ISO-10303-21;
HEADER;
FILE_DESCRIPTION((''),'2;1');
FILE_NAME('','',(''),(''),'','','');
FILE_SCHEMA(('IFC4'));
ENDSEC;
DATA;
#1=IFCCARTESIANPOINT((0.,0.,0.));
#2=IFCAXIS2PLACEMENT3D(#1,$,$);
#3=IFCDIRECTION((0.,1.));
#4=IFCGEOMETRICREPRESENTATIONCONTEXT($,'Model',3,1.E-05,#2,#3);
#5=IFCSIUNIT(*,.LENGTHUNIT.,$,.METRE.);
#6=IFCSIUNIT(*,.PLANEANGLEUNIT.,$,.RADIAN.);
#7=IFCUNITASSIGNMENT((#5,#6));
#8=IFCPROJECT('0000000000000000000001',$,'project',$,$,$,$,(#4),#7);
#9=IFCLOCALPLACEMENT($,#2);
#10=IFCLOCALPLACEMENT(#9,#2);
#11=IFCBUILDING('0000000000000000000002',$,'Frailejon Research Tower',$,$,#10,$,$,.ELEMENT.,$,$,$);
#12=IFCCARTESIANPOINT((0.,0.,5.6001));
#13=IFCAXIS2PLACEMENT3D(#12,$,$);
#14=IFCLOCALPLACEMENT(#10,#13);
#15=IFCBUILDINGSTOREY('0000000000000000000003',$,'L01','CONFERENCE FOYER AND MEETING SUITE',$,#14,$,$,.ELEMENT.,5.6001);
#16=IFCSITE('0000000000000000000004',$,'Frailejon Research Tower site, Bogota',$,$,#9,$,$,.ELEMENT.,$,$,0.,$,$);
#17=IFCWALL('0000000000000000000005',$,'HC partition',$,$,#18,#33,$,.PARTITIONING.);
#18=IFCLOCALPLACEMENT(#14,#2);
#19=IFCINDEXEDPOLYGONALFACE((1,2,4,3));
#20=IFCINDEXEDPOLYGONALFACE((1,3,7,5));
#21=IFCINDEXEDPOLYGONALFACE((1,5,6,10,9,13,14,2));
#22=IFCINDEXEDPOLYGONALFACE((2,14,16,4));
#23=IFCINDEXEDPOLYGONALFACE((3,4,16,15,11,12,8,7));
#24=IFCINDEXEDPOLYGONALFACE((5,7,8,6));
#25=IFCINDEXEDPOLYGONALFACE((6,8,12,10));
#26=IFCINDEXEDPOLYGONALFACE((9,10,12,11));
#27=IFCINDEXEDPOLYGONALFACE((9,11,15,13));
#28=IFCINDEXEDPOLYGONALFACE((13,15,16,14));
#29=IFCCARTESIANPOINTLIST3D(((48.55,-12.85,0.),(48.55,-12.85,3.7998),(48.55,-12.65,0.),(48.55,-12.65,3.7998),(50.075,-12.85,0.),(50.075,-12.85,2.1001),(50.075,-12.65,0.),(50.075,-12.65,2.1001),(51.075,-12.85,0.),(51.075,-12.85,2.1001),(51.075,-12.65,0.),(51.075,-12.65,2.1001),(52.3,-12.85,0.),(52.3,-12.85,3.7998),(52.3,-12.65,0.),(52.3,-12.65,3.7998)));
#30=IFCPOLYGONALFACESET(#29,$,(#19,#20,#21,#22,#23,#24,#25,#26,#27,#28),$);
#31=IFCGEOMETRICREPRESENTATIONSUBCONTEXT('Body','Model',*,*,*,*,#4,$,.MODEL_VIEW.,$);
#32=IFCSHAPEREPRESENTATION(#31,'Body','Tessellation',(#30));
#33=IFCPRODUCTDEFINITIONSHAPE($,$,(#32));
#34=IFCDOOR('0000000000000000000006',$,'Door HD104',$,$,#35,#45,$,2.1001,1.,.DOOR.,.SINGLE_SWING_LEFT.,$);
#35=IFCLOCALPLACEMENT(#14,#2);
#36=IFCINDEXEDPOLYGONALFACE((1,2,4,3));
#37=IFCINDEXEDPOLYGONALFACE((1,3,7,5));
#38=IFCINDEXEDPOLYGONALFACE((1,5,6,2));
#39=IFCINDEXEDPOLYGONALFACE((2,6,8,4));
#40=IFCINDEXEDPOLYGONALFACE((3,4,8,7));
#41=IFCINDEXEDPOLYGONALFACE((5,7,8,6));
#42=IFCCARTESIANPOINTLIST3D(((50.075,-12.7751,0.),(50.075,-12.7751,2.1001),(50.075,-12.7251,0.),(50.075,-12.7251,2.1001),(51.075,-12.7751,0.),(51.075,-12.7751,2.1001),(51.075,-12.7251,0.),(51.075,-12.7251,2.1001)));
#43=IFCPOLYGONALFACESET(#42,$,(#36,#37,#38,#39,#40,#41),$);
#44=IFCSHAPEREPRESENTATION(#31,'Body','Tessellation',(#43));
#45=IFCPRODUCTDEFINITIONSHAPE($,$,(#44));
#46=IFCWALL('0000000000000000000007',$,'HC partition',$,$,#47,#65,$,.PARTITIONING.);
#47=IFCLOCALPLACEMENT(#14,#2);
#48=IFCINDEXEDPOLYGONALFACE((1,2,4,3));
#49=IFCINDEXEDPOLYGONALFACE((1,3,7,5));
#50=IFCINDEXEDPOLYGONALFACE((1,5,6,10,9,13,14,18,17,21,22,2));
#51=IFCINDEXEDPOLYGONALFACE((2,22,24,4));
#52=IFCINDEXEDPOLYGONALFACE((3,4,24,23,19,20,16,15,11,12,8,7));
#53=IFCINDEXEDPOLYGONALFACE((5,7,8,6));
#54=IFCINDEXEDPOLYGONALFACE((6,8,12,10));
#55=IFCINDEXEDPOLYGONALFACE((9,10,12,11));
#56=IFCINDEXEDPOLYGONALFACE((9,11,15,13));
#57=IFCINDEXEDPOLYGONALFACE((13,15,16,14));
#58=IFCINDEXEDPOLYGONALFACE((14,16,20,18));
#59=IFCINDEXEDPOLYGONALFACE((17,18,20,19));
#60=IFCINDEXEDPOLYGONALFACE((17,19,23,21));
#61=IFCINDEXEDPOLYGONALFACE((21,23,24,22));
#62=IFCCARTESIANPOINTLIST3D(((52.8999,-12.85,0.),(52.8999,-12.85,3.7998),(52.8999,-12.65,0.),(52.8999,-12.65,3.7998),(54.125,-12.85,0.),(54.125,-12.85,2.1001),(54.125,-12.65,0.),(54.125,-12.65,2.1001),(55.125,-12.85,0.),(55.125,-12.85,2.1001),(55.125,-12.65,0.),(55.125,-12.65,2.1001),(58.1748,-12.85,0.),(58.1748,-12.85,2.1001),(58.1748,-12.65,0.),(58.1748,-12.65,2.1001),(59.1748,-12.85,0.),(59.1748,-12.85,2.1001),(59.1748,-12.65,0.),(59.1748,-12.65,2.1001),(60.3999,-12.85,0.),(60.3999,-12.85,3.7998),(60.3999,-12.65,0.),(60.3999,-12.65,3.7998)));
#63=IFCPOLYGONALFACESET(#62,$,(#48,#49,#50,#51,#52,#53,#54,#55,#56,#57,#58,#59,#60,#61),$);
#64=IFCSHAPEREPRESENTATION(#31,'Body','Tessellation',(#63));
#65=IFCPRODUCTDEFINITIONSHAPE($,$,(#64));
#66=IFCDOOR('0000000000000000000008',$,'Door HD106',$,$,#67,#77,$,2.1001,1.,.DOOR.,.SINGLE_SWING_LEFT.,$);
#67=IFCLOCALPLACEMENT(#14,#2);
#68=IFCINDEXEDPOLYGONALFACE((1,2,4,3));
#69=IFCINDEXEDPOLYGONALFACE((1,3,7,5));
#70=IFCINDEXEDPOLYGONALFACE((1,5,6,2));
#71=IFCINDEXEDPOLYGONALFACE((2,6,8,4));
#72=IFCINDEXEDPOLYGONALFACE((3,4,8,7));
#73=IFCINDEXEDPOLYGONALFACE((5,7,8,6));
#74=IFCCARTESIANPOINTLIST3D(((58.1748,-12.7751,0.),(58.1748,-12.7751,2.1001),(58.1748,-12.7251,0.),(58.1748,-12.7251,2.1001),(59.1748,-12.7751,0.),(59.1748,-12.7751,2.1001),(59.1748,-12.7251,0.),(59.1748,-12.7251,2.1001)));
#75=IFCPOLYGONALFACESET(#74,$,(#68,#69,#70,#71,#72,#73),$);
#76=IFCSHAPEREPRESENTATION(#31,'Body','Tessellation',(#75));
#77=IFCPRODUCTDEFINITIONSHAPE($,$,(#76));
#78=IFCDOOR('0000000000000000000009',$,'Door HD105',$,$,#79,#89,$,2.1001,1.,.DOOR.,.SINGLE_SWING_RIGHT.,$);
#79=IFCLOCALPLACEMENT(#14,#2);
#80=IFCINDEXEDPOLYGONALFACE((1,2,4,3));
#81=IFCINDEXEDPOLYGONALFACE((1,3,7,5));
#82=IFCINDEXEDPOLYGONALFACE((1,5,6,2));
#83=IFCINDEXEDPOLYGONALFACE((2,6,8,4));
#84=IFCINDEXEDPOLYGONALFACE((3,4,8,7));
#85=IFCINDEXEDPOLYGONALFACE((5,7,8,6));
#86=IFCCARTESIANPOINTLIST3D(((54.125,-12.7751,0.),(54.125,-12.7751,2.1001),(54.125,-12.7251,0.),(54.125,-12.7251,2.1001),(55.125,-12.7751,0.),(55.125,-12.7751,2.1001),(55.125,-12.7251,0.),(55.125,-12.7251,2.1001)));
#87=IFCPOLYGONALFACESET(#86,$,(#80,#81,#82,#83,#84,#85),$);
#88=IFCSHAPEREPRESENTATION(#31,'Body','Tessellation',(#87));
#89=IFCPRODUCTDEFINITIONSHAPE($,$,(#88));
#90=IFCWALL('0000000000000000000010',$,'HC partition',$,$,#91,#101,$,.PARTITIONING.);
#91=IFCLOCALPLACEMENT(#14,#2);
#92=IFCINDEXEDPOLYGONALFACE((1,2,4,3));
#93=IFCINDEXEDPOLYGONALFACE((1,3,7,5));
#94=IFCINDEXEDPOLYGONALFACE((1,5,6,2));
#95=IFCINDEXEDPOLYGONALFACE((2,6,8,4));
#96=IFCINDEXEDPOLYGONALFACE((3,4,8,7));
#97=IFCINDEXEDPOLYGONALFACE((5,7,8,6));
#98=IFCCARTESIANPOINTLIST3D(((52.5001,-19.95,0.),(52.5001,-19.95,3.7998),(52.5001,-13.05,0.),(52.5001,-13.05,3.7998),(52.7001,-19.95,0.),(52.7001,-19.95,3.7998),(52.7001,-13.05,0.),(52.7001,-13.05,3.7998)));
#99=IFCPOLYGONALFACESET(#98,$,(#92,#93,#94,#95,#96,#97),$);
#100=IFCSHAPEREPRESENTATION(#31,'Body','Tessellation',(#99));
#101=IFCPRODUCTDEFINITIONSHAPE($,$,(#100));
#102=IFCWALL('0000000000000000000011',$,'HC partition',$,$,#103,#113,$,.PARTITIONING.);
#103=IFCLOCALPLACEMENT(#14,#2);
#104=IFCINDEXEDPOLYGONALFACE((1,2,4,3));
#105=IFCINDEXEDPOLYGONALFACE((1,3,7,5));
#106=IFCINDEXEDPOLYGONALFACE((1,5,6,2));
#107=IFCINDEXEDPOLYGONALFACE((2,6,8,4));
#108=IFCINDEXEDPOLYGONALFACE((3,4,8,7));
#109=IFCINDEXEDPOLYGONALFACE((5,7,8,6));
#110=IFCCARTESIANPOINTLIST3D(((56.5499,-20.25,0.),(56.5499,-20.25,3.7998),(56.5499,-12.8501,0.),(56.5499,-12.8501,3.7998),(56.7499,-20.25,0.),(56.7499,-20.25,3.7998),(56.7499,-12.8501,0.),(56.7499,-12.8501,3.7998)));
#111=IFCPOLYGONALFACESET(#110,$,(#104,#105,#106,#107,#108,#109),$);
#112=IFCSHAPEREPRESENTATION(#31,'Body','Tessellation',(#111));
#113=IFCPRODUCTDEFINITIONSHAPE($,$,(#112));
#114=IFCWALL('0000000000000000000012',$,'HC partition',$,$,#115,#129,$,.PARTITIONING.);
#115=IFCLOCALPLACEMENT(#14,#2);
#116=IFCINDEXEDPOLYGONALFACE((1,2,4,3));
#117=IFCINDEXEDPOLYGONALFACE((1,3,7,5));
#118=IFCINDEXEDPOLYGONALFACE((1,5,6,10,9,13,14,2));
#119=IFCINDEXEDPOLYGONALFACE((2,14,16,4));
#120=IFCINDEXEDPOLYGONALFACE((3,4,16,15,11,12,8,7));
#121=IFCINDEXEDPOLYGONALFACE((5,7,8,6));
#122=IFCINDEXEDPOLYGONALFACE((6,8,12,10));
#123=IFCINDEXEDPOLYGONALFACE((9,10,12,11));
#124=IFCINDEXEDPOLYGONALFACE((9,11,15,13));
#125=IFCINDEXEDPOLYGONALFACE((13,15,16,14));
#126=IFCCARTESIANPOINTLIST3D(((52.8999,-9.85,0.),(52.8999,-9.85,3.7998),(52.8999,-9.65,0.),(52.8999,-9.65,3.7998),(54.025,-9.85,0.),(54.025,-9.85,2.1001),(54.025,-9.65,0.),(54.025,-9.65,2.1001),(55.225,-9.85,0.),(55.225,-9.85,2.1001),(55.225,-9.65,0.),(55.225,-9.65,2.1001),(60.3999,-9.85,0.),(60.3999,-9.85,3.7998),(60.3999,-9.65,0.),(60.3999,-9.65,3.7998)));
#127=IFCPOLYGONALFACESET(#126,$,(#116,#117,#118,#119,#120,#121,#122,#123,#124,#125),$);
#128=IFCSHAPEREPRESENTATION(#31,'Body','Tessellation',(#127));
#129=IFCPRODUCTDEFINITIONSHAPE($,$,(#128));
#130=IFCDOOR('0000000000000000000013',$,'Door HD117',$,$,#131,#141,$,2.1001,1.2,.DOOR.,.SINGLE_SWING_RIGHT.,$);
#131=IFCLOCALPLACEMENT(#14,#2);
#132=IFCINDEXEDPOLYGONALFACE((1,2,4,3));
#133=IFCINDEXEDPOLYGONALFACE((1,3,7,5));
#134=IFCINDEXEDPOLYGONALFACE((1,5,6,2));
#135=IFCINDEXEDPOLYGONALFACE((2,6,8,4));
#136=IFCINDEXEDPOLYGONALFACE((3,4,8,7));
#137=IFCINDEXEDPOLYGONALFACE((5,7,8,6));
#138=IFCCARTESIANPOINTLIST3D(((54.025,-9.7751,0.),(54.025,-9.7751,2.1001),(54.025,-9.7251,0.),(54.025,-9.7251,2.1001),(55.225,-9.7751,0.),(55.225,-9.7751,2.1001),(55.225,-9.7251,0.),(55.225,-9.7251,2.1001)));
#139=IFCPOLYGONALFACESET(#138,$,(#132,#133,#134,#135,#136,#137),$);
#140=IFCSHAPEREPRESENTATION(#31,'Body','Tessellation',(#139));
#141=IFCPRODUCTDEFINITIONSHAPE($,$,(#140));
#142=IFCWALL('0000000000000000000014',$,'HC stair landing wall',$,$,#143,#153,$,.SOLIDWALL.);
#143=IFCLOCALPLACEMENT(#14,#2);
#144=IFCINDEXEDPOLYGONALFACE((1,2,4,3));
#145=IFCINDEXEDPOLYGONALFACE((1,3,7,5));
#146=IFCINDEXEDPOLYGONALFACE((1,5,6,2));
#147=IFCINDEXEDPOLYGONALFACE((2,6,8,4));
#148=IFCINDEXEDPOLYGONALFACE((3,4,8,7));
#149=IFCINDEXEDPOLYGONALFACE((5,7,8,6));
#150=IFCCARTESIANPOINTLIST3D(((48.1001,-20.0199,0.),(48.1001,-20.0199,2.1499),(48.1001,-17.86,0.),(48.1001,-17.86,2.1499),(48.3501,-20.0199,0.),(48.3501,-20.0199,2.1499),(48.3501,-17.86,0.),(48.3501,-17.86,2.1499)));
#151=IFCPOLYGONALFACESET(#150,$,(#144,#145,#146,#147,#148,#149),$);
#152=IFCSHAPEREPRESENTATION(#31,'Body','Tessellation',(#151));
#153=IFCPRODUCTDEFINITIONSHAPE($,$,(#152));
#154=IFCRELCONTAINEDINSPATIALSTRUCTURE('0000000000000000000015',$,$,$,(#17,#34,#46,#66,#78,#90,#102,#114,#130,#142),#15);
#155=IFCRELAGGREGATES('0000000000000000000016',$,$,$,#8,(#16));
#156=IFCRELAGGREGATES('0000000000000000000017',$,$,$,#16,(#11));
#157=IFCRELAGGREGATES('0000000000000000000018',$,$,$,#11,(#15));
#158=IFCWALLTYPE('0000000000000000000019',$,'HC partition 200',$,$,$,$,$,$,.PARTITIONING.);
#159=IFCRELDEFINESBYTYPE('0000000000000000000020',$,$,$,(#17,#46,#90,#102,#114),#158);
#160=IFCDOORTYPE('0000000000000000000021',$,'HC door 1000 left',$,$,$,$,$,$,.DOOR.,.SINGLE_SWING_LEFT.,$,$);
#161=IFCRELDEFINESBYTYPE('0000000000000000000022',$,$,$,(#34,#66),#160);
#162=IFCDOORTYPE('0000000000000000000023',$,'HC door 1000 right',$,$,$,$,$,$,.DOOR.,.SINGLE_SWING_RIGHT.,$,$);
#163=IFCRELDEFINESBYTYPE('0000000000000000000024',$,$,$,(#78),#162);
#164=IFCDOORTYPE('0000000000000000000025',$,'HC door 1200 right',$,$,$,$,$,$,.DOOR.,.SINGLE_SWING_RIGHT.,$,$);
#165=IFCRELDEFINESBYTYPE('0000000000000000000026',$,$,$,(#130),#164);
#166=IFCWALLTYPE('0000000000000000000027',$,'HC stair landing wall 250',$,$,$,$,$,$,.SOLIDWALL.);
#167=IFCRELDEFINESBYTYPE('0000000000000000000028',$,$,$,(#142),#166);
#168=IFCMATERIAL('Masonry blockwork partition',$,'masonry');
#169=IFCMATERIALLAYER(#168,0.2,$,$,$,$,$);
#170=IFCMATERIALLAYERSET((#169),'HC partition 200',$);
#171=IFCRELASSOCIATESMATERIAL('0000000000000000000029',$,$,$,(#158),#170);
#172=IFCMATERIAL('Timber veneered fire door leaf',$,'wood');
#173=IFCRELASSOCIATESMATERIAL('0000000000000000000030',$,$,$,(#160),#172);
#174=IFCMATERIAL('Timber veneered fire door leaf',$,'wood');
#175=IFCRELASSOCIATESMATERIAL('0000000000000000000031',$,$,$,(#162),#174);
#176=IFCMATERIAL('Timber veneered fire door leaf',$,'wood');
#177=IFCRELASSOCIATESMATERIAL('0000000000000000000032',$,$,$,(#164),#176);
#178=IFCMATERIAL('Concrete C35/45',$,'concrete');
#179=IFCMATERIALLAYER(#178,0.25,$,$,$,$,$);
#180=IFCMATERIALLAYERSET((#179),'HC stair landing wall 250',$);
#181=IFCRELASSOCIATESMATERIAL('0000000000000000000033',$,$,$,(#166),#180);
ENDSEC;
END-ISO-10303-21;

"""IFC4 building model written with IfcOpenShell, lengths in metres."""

from ifc_helpers import new_model, si_unit, direction, frame, frame_2d, origin, place, context, subcontext, project, spatial, rectangle, extrude, material, layer, layer_set, type_object, element, fill, save


model = new_model("IFC4")

# Units and contexts
model_context = context("Model", 3, precision=1e-05, world=origin(), true_north=direction((0.0, 1.0)))
body_context = subcontext(model_context, "Body", "Model", "MODEL_VIEW")
ifc_project = project(units=[si_unit("LENGTHUNIT", "METRE"), si_unit("PLANEANGLEUNIT", "RADIAN")], contexts=[model_context])

# Site, building, storey
site_placement = place(None, origin())
site = spatial("IfcSite", under=ifc_project, at=site_placement, Name="Frailejon Research Tower site, Bogota", CompositionType="ELEMENT", RefElevation=0.0)
building_placement = place(site_placement, origin())
building = spatial("IfcBuilding", under=site, at=building_placement, Name="Frailejon Research Tower", CompositionType="ELEMENT")
storey_placement = place(building_placement, frame((0.0, 0.0, 5.6001)))
storey = spatial("IfcBuildingStorey", under=building, at=storey_placement, Name="L01", Description="CONFERENCE FOYER AND MEETING SUITE", CompositionType="ELEMENT", Elevation=5.6001)

# Wall, opening, door
ifc_material_1 = material(Name="Masonry blockwork partition", Category="masonry")
ifc_layer_1 = layer(ifc_material_1, 0.2)
ifc_layer_set_1 = layer_set([ifc_layer_1], Name="HC partition 200")
wall_type_1 = type_object("IfcWallType", Name="HC partition 200", PredefinedType="PARTITIONING", material=ifc_layer_set_1)
wall_1_placement = place(storey_placement, frame((48.55, -12.75, 0.0), z_axis=(0.0, 0.0, 1.0), x_axis=(1.0, 0.0, 0.0)))
wall_1 = element("IfcWall", 1, at=wall_1_placement, inside=storey, type_object=wall_type_1, Name="HC partition", PredefinedType="PARTITIONING", context=body_context, shape_type="SweptSolid", body=[
    extrude(rectangle(XDim=3.75, YDim=0.2, at=frame_2d((1.875, 0.0))), origin(), (0.0, 0.0, 1.0), 3.7998),
])
opening_1_placement = place(wall_1_placement, frame((1.5249, 0.0, 0.0)))
opening_1 = element("IfcOpeningElement", 2, at=opening_1_placement, cuts=wall_1, PredefinedType="OPENING", context=body_context, shape_type="SweptSolid", body=[
    extrude(rectangle(XDim=1.0, YDim=2.1001, at=frame_2d((0.5, 1.05))), frame((0.0, 0.1099, 0.0), z_axis=(0.0, -1.0, 0.0), x_axis=(1.0, 0.0, 0.0)), (0.0, 0.0, 1.0), 0.22),
])
ifc_material_2 = material(Name="Timber veneered fire door leaf", Category="wood")
door_type_1 = type_object("IfcDoorType", Name="HC door 1000 left", OperationType="SINGLE_SWING_LEFT", PredefinedType="DOOR", material=ifc_material_2)
door_1_placement = place(opening_1_placement, origin())
door_1 = element("IfcDoor", 3, at=door_1_placement, inside=storey, type_object=door_type_1, Name="Door HD104", OperationType="SINGLE_SWING_LEFT", OverallHeight=2.1001, OverallWidth=1.0, PredefinedType="DOOR", context=body_context, shape_type="SweptSolid", body=[
    extrude(rectangle(XDim=1.0, YDim=2.1001, at=frame_2d((0.5, 1.05))), frame((0.0, 0.0249, 0.0), z_axis=(0.0, -1.0, 0.0), x_axis=(1.0, 0.0, 0.0)), (0.0, 0.0, 1.0), 0.05),
])
fill(opening_1, door_1)

# Wall, openings, doors
wall_2_placement = place(storey_placement, frame((52.8999, -12.75, 0.0), z_axis=(0.0, 0.0, 1.0), x_axis=(1.0, 0.0, 0.0)))
wall_2 = element("IfcWall", 4, at=wall_2_placement, inside=storey, type_object=wall_type_1, Name="HC partition", PredefinedType="PARTITIONING", context=body_context, shape_type="SweptSolid", body=[
    extrude(rectangle(XDim=7.5, YDim=0.2, at=frame_2d((3.75, 0.0))), origin(), (0.0, 0.0, 1.0), 3.7998),
])
opening_2_placement = place(wall_2_placement, frame((1.2251, 0.0, 0.0)))
opening_2 = element("IfcOpeningElement", 5, at=opening_2_placement, cuts=wall_2, PredefinedType="OPENING", context=body_context, shape_type="SweptSolid", body=[
    extrude(rectangle(XDim=1.0, YDim=2.1001, at=frame_2d((0.5, 1.05))), frame((0.0, 0.1099, 0.0), z_axis=(0.0, -1.0, 0.0), x_axis=(1.0, 0.0, 0.0)), (0.0, 0.0, 1.0), 0.22),
])
opening_3_placement = place(wall_2_placement, frame((5.2749, 0.0, 0.0)))
opening_3 = element("IfcOpeningElement", 6, at=opening_3_placement, cuts=wall_2, PredefinedType="OPENING", context=body_context, shape_type="SweptSolid", body=[
    extrude(rectangle(XDim=1.0, YDim=2.1001, at=frame_2d((0.5, 1.05))), frame((0.0, 0.1099, 0.0), z_axis=(0.0, -1.0, 0.0), x_axis=(1.0, 0.0, 0.0)), (0.0, 0.0, 1.0), 0.22),
])
door_2_placement = place(opening_3_placement, origin())
door_2 = element("IfcDoor", 7, at=door_2_placement, inside=storey, type_object=door_type_1, Name="Door HD106", OperationType="SINGLE_SWING_LEFT", OverallHeight=2.1001, OverallWidth=1.0, PredefinedType="DOOR", context=body_context, shape_type="SweptSolid", body=[
    extrude(rectangle(XDim=1.0, YDim=2.1001, at=frame_2d((0.5, 1.05))), frame((0.0, 0.0249, 0.0), z_axis=(0.0, -1.0, 0.0), x_axis=(1.0, 0.0, 0.0)), (0.0, 0.0, 1.0), 0.05),
])
fill(opening_3, door_2)
ifc_material_3 = material(Name="Timber veneered fire door leaf", Category="wood")
door_type_2 = type_object("IfcDoorType", Name="HC door 1000 right", OperationType="SINGLE_SWING_RIGHT", PredefinedType="DOOR", material=ifc_material_3)
door_3_placement = place(opening_2_placement, origin())
door_3 = element("IfcDoor", 8, at=door_3_placement, inside=storey, type_object=door_type_2, Name="Door HD105", OperationType="SINGLE_SWING_RIGHT", OverallHeight=2.1001, OverallWidth=1.0, PredefinedType="DOOR", context=body_context, shape_type="SweptSolid", body=[
    extrude(rectangle(XDim=1.0, YDim=2.1001, at=frame_2d((0.5, 1.05))), frame((0.0, 0.0249, 0.0), z_axis=(0.0, -1.0, 0.0), x_axis=(1.0, 0.0, 0.0)), (0.0, 0.0, 1.0), 0.05),
])
fill(opening_2, door_3)

# Walls
wall_3_placement = place(storey_placement, frame((52.6001, -19.95, 0.0), z_axis=(0.0, 0.0, 1.0), x_axis=(0.0, 1.0, 0.0)))
element("IfcWall", 9, at=wall_3_placement, inside=storey, type_object=wall_type_1, Name="HC partition", PredefinedType="PARTITIONING", context=body_context, shape_type="SweptSolid", body=[
    extrude(rectangle(XDim=6.8999, YDim=0.2, at=frame_2d((3.45, 0.0))), origin(), (0.0, 0.0, 1.0), 3.7998),
])
wall_4_placement = place(storey_placement, frame((56.6499, -20.25, 0.0), z_axis=(0.0, 0.0, 1.0), x_axis=(0.0, 1.0, 0.0)))
element("IfcWall", 10, at=wall_4_placement, inside=storey, type_object=wall_type_1, Name="HC partition", PredefinedType="PARTITIONING", context=body_context, shape_type="SweptSolid", body=[
    extrude(rectangle(XDim=7.3999, YDim=0.2, at=frame_2d((3.7, 0.0))), origin(), (0.0, 0.0, 1.0), 3.7998),
])

# Wall, opening, door
wall_5_placement = place(storey_placement, frame((52.8999, -9.75, 0.0), z_axis=(0.0, 0.0, 1.0), x_axis=(1.0, 0.0, 0.0)))
wall_5 = element("IfcWall", 11, at=wall_5_placement, inside=storey, type_object=wall_type_1, Name="HC partition", PredefinedType="PARTITIONING", context=body_context, shape_type="SweptSolid", body=[
    extrude(rectangle(XDim=7.5, YDim=0.2, at=frame_2d((3.75, 0.0))), origin(), (0.0, 0.0, 1.0), 3.7998),
])
opening_4_placement = place(wall_5_placement, frame((1.125, 0.0, 0.0)))
opening_4 = element("IfcOpeningElement", 12, at=opening_4_placement, cuts=wall_5, PredefinedType="OPENING", context=body_context, shape_type="SweptSolid", body=[
    extrude(rectangle(XDim=1.2, YDim=2.1001, at=frame_2d((0.6001, 1.05))), frame((0.0, 0.1099, 0.0), z_axis=(0.0, -1.0, 0.0), x_axis=(1.0, 0.0, 0.0)), (0.0, 0.0, 1.0), 0.22),
])
ifc_material_4 = material(Name="Timber veneered fire door leaf", Category="wood")
door_type_3 = type_object("IfcDoorType", Name="HC door 1200 right", OperationType="SINGLE_SWING_RIGHT", PredefinedType="DOOR", material=ifc_material_4)
door_4_placement = place(opening_4_placement, origin())
door_4 = element("IfcDoor", 13, at=door_4_placement, inside=storey, type_object=door_type_3, Name="Door HD117", OperationType="SINGLE_SWING_RIGHT", OverallHeight=2.1001, OverallWidth=1.2, PredefinedType="DOOR", context=body_context, shape_type="SweptSolid", body=[
    extrude(rectangle(XDim=1.2, YDim=2.1001, at=frame_2d((0.6001, 1.05))), frame((0.0, 0.0249, 0.0), z_axis=(0.0, -1.0, 0.0), x_axis=(1.0, 0.0, 0.0)), (0.0, 0.0, 1.0), 0.05),
])
fill(opening_4, door_4)

# Wall
ifc_material_5 = material(Name="Concrete C35/45", Category="concrete")
ifc_layer_2 = layer(ifc_material_5, 0.25)
ifc_layer_set_2 = layer_set([ifc_layer_2], Name="HC stair landing wall 250")
wall_type_2 = type_object("IfcWallType", Name="HC stair landing wall 250", PredefinedType="SOLIDWALL", material=ifc_layer_set_2)
wall_6_placement = place(storey_placement, frame((48.2251, -20.02, 0.0), z_axis=(0.0, 0.0, 1.0), x_axis=(0.0, 1.0, 0.0)))
element("IfcWall", 14, at=wall_6_placement, inside=storey, type_object=wall_type_2, Name="HC stair landing wall", PredefinedType="SOLIDWALL", context=body_context, shape_type="SweptSolid", body=[
    extrude(rectangle(XDim=2.1599, YDim=0.25, at=frame_2d((1.0801, 0.0))), origin(), (0.0, 0.0, 1.0), 2.1499),
])

save(model, "model.ifc")
